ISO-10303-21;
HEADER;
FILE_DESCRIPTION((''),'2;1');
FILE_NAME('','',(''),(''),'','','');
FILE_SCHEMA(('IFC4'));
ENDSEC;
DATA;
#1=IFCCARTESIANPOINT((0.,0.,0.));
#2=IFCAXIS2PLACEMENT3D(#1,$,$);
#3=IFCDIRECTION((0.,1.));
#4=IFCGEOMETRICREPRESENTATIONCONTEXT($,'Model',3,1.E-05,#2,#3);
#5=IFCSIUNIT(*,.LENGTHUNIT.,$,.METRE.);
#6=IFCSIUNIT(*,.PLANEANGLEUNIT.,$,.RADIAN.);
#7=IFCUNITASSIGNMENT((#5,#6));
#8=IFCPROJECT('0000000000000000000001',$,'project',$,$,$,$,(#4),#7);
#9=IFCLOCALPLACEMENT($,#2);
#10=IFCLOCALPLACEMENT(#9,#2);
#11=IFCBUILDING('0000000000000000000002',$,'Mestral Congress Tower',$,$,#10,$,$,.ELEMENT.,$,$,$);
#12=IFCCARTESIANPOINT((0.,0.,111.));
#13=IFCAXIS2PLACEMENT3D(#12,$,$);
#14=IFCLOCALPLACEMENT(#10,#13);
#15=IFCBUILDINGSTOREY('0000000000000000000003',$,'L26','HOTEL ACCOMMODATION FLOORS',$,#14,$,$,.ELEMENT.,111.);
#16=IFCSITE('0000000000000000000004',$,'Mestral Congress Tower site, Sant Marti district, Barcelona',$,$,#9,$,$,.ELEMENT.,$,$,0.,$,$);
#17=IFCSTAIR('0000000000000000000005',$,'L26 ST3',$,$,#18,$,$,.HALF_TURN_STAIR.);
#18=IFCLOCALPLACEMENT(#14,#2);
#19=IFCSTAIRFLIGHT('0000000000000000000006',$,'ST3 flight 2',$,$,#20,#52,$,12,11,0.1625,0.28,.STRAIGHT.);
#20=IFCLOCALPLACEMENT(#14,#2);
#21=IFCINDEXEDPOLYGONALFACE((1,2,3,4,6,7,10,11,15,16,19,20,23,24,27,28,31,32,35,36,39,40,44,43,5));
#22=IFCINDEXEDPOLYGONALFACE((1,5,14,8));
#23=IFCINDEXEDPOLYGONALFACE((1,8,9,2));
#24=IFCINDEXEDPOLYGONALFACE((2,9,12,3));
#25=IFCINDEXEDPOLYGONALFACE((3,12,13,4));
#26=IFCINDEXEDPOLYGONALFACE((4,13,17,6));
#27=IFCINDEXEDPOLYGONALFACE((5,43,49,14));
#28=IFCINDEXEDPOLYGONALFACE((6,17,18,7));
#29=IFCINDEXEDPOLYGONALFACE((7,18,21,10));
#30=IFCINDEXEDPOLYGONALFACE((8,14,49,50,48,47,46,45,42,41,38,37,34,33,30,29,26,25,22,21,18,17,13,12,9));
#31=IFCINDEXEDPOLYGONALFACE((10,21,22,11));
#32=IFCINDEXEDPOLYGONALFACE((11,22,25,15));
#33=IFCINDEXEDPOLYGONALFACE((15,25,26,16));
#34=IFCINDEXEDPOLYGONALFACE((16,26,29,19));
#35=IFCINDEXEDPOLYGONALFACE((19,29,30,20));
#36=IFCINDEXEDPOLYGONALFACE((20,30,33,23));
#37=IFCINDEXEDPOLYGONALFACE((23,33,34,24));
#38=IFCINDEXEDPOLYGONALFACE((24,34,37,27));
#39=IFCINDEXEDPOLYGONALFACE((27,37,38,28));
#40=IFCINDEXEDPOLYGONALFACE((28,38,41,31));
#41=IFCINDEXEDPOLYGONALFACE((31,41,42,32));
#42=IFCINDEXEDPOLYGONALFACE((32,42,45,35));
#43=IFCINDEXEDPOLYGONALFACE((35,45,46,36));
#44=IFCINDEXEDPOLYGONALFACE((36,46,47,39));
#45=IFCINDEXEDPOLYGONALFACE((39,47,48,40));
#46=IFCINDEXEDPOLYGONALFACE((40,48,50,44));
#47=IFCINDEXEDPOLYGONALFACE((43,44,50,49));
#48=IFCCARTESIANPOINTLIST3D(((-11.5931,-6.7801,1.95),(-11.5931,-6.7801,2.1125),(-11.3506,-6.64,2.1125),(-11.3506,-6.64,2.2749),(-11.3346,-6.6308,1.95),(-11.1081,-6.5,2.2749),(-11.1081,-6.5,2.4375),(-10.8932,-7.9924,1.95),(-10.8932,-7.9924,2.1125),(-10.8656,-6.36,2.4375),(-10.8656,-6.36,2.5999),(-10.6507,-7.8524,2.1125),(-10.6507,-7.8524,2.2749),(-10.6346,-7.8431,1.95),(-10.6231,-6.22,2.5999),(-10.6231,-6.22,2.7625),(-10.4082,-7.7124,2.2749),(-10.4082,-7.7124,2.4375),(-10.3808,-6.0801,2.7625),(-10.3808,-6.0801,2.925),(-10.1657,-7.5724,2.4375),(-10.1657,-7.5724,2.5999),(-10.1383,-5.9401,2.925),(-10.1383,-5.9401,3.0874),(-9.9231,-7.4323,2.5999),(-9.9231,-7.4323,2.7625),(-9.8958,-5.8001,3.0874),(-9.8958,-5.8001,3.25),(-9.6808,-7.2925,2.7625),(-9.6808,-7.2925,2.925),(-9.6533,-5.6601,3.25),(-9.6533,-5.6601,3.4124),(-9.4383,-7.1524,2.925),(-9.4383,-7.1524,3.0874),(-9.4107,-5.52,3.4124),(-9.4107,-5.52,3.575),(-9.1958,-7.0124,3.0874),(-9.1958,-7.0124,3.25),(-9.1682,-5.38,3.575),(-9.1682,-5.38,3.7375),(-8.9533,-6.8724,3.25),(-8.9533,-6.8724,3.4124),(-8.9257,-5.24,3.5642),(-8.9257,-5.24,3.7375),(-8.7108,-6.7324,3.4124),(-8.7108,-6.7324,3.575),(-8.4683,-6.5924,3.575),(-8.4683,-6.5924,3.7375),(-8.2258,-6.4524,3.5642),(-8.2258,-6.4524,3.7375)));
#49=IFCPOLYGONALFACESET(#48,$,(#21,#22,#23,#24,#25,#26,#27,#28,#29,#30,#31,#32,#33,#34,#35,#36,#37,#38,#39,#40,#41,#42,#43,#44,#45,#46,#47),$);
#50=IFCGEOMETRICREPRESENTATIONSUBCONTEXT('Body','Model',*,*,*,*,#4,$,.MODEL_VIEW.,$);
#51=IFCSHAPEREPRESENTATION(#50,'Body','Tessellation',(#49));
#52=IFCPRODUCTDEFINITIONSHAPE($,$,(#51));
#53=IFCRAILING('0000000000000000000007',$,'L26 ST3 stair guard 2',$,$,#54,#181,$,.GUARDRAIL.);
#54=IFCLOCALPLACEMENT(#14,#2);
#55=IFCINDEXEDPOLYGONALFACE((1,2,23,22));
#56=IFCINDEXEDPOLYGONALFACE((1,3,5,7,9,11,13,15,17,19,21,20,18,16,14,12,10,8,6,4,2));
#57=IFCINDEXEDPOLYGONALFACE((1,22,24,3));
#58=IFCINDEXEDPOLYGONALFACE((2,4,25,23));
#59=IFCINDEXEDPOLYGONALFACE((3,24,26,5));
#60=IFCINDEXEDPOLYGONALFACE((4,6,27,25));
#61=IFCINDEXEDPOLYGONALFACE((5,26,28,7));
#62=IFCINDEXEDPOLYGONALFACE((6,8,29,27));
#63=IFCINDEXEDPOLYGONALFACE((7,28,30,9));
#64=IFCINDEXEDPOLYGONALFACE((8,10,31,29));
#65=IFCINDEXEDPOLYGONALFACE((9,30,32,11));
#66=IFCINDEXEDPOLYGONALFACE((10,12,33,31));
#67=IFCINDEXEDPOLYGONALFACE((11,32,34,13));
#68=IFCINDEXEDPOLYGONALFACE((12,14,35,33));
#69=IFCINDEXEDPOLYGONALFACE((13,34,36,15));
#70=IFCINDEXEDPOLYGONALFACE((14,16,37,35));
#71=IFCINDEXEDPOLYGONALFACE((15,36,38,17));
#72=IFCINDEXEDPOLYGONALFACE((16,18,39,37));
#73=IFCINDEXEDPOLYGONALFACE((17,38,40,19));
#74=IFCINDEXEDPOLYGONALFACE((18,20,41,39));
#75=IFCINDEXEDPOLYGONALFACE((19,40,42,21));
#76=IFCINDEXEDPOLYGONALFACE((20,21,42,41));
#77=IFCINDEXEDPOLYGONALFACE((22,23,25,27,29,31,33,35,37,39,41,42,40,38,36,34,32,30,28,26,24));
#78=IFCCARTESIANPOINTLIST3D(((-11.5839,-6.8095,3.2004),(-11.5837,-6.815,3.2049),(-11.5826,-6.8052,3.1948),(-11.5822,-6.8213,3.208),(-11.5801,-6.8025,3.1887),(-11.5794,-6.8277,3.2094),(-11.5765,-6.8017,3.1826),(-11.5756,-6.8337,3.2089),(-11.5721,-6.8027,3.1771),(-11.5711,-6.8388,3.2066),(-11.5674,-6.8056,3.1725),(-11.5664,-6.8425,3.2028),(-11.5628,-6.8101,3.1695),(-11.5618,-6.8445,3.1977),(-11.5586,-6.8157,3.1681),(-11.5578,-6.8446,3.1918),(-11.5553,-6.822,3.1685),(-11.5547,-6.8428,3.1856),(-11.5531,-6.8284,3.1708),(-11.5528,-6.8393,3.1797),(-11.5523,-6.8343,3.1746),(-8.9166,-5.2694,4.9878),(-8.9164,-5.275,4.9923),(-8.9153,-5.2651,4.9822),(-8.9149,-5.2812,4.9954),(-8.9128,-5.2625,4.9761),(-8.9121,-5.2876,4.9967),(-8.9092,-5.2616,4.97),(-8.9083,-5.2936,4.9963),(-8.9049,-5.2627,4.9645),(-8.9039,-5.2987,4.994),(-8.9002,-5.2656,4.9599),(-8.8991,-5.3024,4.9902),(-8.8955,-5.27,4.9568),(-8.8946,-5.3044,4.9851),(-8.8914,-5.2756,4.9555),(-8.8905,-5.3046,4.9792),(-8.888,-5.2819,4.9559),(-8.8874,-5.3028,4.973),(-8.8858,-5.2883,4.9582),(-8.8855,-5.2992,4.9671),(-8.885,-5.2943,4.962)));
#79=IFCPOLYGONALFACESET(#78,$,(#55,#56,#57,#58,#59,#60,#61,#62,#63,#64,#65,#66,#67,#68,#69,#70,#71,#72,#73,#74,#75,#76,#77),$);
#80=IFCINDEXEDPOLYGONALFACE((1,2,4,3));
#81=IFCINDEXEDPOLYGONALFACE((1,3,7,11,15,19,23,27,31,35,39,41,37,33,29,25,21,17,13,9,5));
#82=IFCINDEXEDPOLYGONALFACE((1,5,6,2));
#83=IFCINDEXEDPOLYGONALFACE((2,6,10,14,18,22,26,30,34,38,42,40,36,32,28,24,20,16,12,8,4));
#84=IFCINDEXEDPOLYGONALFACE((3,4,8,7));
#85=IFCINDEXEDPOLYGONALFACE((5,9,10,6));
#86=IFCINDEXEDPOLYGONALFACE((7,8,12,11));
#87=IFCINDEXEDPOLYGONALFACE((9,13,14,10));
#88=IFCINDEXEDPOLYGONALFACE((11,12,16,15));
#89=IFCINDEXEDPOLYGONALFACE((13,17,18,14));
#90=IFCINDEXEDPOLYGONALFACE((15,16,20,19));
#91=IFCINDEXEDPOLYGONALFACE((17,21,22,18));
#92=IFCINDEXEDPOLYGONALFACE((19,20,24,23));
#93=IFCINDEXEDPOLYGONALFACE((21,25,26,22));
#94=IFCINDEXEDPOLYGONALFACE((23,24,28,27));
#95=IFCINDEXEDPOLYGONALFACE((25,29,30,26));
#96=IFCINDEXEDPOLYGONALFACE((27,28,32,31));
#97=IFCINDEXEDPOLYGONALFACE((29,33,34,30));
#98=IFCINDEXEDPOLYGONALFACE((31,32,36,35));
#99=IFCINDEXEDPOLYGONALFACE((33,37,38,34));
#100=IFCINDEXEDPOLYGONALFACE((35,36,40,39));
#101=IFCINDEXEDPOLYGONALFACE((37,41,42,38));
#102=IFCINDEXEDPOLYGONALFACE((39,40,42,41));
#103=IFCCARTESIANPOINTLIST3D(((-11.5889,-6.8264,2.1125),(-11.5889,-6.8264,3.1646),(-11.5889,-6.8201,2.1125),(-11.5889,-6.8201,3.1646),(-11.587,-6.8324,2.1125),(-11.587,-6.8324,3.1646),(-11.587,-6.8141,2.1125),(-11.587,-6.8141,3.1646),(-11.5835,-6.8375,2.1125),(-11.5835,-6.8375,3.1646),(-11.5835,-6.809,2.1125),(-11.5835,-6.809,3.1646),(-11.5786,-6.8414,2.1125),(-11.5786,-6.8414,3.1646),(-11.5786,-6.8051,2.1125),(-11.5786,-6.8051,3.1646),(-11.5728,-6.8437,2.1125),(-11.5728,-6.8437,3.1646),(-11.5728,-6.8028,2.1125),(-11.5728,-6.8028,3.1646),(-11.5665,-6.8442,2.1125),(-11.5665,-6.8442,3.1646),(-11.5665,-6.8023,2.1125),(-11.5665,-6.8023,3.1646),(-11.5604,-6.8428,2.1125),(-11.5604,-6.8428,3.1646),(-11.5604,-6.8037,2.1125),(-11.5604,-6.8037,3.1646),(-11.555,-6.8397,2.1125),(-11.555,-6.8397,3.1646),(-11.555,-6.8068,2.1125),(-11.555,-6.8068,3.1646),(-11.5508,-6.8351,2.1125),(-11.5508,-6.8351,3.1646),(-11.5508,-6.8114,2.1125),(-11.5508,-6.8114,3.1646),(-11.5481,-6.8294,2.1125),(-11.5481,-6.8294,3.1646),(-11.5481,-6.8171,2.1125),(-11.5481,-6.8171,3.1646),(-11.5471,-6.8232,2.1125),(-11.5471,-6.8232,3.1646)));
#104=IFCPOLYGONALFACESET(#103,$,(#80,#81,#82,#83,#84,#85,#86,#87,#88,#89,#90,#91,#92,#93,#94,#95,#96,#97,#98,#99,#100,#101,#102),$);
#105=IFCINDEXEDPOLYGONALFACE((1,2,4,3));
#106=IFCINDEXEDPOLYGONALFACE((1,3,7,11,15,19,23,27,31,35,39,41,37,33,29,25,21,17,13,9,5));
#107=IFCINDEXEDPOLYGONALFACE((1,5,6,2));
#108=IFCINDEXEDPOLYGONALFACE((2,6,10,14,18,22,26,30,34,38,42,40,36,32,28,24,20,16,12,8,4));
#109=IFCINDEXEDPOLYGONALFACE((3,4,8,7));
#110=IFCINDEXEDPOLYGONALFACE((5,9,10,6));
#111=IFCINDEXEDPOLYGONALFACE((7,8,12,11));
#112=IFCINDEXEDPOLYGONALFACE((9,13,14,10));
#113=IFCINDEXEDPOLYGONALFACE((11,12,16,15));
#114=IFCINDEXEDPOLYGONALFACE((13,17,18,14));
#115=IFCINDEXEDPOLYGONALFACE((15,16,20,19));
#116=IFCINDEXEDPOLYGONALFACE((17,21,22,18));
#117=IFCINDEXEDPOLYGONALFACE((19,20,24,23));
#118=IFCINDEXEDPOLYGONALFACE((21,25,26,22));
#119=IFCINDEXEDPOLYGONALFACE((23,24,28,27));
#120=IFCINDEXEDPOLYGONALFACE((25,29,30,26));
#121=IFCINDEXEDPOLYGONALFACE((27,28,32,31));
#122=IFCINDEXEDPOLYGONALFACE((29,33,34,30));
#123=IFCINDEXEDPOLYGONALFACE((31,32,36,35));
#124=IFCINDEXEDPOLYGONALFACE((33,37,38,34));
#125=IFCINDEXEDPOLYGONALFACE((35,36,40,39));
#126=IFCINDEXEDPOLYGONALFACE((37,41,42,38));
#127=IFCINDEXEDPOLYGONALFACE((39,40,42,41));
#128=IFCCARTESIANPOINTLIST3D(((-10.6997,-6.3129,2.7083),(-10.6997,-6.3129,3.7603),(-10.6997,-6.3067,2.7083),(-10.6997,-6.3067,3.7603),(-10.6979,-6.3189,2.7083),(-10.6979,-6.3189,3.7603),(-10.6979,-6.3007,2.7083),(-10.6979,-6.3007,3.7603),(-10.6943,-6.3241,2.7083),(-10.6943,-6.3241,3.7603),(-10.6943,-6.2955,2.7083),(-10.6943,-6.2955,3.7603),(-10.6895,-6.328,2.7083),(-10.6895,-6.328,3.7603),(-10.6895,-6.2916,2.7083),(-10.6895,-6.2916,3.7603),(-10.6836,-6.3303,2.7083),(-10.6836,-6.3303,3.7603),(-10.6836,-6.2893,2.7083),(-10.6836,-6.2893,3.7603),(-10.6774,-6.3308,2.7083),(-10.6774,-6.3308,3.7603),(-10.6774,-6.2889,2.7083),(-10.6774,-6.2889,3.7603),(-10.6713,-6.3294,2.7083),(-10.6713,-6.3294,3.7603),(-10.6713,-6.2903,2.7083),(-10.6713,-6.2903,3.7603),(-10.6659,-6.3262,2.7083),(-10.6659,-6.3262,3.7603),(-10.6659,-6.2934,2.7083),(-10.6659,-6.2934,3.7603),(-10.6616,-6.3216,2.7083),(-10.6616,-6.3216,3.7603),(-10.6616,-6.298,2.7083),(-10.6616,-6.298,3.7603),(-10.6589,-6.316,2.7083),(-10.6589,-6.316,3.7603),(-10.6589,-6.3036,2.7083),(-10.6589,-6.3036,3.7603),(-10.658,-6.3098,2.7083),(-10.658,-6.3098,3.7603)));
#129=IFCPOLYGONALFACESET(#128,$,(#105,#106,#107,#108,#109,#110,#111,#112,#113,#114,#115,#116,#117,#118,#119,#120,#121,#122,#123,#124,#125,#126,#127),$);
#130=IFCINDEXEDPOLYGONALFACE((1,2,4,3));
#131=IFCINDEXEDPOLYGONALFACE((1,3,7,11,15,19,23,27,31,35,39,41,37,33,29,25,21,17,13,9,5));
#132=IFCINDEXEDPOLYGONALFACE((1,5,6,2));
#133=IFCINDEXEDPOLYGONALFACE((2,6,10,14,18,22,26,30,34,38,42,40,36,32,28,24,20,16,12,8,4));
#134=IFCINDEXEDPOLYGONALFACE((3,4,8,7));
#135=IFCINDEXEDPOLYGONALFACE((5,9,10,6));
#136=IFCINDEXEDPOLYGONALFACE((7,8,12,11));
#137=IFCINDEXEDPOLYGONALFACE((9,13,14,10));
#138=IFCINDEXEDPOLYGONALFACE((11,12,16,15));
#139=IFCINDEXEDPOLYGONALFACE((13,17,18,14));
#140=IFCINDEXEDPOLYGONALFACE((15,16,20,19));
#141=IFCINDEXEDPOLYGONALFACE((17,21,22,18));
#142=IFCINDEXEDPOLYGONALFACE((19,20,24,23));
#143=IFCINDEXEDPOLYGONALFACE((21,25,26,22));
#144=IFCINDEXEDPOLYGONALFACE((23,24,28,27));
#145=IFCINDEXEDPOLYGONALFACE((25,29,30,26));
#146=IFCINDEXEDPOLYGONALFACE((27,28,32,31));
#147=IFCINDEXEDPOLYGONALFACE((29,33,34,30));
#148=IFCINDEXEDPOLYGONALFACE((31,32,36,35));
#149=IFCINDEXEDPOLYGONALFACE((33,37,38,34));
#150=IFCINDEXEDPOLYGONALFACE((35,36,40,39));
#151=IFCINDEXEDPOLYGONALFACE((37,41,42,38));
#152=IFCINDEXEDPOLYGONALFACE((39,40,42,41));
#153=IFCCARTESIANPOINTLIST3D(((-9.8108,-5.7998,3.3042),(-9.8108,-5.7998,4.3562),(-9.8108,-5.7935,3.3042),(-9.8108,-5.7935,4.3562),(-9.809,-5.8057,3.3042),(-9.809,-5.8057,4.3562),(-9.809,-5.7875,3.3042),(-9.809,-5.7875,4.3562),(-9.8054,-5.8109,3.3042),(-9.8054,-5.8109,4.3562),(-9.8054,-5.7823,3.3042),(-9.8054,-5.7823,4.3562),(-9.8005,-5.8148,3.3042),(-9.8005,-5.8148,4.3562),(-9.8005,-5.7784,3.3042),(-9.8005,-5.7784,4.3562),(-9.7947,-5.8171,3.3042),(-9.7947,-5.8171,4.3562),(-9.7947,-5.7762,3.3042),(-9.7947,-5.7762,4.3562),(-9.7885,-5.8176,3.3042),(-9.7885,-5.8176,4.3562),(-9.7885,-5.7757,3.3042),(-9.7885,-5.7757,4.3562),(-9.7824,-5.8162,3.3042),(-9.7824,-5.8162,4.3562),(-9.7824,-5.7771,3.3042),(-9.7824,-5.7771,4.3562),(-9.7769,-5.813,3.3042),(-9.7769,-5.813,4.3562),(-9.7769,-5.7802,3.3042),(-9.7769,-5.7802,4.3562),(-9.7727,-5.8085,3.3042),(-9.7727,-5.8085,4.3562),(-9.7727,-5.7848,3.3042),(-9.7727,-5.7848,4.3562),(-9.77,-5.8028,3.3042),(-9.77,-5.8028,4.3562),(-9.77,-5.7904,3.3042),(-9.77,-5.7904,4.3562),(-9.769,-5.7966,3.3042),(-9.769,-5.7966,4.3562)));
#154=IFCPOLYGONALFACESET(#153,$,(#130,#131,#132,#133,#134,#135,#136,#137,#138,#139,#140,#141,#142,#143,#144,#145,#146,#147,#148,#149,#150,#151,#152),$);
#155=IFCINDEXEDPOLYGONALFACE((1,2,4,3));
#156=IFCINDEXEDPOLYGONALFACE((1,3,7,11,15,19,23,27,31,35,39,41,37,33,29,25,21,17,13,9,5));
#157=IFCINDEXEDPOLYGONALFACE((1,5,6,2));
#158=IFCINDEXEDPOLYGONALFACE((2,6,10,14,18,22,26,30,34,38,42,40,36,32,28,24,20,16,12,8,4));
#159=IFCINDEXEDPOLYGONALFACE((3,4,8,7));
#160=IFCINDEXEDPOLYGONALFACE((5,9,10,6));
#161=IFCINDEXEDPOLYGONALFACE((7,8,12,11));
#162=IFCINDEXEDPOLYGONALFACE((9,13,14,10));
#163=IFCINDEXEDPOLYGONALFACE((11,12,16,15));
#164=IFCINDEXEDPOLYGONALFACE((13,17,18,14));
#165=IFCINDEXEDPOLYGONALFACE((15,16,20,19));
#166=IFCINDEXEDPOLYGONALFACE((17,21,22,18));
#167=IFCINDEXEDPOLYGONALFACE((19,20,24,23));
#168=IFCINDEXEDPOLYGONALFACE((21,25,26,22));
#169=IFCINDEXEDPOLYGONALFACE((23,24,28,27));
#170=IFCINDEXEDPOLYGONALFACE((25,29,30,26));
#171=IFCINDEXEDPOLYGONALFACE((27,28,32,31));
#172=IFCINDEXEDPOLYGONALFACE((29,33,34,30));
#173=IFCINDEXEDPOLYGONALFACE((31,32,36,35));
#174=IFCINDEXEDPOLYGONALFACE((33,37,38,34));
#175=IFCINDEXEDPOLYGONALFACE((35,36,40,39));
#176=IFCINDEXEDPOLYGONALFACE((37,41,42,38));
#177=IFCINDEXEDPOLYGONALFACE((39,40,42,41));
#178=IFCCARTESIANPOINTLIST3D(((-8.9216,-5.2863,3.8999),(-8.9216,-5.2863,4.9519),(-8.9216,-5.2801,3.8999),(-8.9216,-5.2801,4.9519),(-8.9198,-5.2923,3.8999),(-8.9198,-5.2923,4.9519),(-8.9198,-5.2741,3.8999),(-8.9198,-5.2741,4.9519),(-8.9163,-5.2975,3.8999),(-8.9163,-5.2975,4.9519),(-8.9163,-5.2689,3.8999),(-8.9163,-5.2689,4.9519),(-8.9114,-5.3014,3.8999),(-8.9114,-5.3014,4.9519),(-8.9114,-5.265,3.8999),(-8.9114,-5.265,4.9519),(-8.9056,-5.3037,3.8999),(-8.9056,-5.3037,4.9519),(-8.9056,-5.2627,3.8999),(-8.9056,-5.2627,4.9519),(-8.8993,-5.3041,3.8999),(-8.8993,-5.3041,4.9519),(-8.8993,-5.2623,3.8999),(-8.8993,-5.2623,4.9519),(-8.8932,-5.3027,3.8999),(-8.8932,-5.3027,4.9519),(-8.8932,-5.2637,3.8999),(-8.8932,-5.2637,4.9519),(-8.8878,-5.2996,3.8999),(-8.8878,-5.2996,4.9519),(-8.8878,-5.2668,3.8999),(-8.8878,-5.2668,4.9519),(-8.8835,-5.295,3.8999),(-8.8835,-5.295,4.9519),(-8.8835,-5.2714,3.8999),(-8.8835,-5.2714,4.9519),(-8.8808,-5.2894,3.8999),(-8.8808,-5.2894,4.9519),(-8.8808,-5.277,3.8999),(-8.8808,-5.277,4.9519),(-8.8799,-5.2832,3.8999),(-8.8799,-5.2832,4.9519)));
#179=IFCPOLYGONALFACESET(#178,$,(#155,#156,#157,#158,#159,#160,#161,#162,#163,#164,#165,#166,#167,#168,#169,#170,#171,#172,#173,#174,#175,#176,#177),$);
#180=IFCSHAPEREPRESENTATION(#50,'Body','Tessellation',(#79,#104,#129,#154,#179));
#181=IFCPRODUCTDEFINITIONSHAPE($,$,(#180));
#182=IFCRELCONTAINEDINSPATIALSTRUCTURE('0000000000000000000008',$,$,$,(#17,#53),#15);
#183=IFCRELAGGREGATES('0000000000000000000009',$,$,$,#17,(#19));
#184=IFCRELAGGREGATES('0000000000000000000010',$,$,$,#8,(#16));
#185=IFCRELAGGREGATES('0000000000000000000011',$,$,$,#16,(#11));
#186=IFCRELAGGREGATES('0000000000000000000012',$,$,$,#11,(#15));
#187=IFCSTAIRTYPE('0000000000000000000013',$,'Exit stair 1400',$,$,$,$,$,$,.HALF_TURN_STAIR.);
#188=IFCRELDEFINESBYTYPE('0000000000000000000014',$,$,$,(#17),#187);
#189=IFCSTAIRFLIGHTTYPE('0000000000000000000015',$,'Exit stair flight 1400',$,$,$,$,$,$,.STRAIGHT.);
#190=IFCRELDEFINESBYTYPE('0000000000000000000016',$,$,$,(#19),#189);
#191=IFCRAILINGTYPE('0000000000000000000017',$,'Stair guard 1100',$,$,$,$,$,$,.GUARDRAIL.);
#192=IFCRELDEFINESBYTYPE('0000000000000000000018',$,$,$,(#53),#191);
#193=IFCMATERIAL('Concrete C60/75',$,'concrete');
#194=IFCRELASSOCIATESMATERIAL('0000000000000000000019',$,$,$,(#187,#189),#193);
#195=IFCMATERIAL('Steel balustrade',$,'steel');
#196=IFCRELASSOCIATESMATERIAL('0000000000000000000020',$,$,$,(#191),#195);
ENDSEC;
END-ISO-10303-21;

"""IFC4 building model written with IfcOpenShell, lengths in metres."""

from ifc_helpers import new_model, si_unit, direction, frame, origin, origin_2d, place, context, subcontext, project, spatial, polyline, circle, outline, extrude, material, type_object, element, aggregate, save


model = new_model("IFC4")

# Units and contexts
model_context = context("Model", 3, precision=1e-05, world=origin(), true_north=direction((0.0, 1.0)))
body_context = subcontext(model_context, "Body", "Model", "MODEL_VIEW")
ifc_project = project(units=[si_unit("LENGTHUNIT", "METRE"), si_unit("PLANEANGLEUNIT", "RADIAN")], contexts=[model_context])

# Site, building, storey
site_placement = place(None, origin())
site = spatial("IfcSite", under=ifc_project, at=site_placement, Name="Mestral Congress Tower site, Sant Marti district, Barcelona", CompositionType="ELEMENT", RefElevation=0.0)
building_placement = place(site_placement, origin())
building = spatial("IfcBuilding", under=site, at=building_placement, Name="Mestral Congress Tower", CompositionType="ELEMENT")
storey_placement = place(building_placement, frame((0.0, 0.0, 111.0)))
storey = spatial("IfcBuildingStorey", under=building, at=storey_placement, Name="L26", Description="HOTEL ACCOMMODATION FLOORS", CompositionType="ELEMENT", Elevation=111.0)

# Shared definitions
ifc_material_1 = material(Name="Concrete C60/75", Category="concrete")

# Stair, stair flight
stair_type = type_object("IfcStairType", Name="Exit stair 1400", PredefinedType="HALF_TURN_STAIR", material=ifc_material_1)
stair_placement = place(storey_placement, origin())
stair = element("IfcStair", 1, at=stair_placement, inside=storey, type_object=stair_type, Name="L26 ST3", PredefinedType="HALF_TURN_STAIR")
stair_flight_type = type_object("IfcStairFlightType", Name="Exit stair flight 1400", PredefinedType="STRAIGHT", material=ifc_material_1)
stair_flight_placement = place(storey_placement, frame((-11.2432, -7.3862, 1.95), z_axis=(0.0, 0.0, 1.0), x_axis=(0.866025, 0.5, 0.0)))
stair_flight = element("IfcStairFlight", 2, at=stair_flight_placement, type_object=stair_flight_type, Name="ST3 flight 2", NumberOfRisers=12, NumberOfTreads=11, PredefinedType="STRAIGHT", RiserHeight=0.1625, TreadLength=0.28, context=body_context, shape_type="SweptSolid", body=[
    extrude(outline(polyline([(0.0, 0.0), (0.0, 0.1626), (0.28, 0.1626), (0.28, 0.325), (0.5601, 0.325), (0.5601, 0.4875), (0.8401, 0.4875), (0.8401, 0.6499), (1.1201, 0.6499), (1.1201, 0.8125), (1.3999, 0.8125), (1.3999, 0.9751), (1.6799, 0.9751), (1.6799, 1.1375), (1.96, 1.1375), (1.96, 1.3), (2.24, 1.3), (2.24, 1.4624), (2.52, 1.4624), (2.52, 1.625), (2.8, 1.625), (2.8, 1.7876), (3.0801, 1.7876), (3.0801, 1.95), (3.0801, 1.6143), (0.2986, 0.0), (0.0, 0.0)])), frame((0.0, 0.7, 0.0), z_axis=(0.0, -1.0, 0.0), x_axis=(1.0, 0.0, 0.0)), (0.0, 0.0, 1.0), 1.3999),
])
aggregate(stair, [stair_flight])

# Railing
ifc_material_2 = material(Name="Steel balustrade", Category="steel")
railing_type = type_object("IfcRailingType", Name="Stair guard 1100", PredefinedType="GUARDRAIL", material=ifc_material_2)
railing_placement = place(storey_placement, frame((-11.5681, -6.8232, 2.1125)))
element("IfcRailing", 3, at=railing_placement, inside=storey, type_object=railing_type, Name="L26 ST3 stair guard 2", PredefinedType="GUARDRAIL", context=body_context, shape_type="SweptSolid", body=[
    extrude(circle(Radius=0.0239, at=origin_2d()), frame((0.0, 0.0, 1.0762), z_axis=(0.74902, 0.432477, 0.501929), x_axis=(-0.500027, 0.86601, 0.0)), (0.0, 0.0, 1.0), 3.561),
    extrude(circle(Radius=0.021, at=origin_2d()), origin(), (0.0, 0.0, 1.0), 1.052),
    extrude(circle(Radius=0.021, at=origin_2d()), frame((0.8892, 0.5134, 0.5957)), (0.0, 0.0, 1.0), 1.052),
    extrude(circle(Radius=0.021, at=origin_2d()), frame((1.7781, 1.0266, 1.1917)), (0.0, 0.0, 1.0), 1.052),
    extrude(circle(Radius=0.021, at=origin_2d()), frame((2.6672, 1.54, 1.7874)), (0.0, 0.0, 1.0), 1.052),
])

save(model, "model.ifc")
